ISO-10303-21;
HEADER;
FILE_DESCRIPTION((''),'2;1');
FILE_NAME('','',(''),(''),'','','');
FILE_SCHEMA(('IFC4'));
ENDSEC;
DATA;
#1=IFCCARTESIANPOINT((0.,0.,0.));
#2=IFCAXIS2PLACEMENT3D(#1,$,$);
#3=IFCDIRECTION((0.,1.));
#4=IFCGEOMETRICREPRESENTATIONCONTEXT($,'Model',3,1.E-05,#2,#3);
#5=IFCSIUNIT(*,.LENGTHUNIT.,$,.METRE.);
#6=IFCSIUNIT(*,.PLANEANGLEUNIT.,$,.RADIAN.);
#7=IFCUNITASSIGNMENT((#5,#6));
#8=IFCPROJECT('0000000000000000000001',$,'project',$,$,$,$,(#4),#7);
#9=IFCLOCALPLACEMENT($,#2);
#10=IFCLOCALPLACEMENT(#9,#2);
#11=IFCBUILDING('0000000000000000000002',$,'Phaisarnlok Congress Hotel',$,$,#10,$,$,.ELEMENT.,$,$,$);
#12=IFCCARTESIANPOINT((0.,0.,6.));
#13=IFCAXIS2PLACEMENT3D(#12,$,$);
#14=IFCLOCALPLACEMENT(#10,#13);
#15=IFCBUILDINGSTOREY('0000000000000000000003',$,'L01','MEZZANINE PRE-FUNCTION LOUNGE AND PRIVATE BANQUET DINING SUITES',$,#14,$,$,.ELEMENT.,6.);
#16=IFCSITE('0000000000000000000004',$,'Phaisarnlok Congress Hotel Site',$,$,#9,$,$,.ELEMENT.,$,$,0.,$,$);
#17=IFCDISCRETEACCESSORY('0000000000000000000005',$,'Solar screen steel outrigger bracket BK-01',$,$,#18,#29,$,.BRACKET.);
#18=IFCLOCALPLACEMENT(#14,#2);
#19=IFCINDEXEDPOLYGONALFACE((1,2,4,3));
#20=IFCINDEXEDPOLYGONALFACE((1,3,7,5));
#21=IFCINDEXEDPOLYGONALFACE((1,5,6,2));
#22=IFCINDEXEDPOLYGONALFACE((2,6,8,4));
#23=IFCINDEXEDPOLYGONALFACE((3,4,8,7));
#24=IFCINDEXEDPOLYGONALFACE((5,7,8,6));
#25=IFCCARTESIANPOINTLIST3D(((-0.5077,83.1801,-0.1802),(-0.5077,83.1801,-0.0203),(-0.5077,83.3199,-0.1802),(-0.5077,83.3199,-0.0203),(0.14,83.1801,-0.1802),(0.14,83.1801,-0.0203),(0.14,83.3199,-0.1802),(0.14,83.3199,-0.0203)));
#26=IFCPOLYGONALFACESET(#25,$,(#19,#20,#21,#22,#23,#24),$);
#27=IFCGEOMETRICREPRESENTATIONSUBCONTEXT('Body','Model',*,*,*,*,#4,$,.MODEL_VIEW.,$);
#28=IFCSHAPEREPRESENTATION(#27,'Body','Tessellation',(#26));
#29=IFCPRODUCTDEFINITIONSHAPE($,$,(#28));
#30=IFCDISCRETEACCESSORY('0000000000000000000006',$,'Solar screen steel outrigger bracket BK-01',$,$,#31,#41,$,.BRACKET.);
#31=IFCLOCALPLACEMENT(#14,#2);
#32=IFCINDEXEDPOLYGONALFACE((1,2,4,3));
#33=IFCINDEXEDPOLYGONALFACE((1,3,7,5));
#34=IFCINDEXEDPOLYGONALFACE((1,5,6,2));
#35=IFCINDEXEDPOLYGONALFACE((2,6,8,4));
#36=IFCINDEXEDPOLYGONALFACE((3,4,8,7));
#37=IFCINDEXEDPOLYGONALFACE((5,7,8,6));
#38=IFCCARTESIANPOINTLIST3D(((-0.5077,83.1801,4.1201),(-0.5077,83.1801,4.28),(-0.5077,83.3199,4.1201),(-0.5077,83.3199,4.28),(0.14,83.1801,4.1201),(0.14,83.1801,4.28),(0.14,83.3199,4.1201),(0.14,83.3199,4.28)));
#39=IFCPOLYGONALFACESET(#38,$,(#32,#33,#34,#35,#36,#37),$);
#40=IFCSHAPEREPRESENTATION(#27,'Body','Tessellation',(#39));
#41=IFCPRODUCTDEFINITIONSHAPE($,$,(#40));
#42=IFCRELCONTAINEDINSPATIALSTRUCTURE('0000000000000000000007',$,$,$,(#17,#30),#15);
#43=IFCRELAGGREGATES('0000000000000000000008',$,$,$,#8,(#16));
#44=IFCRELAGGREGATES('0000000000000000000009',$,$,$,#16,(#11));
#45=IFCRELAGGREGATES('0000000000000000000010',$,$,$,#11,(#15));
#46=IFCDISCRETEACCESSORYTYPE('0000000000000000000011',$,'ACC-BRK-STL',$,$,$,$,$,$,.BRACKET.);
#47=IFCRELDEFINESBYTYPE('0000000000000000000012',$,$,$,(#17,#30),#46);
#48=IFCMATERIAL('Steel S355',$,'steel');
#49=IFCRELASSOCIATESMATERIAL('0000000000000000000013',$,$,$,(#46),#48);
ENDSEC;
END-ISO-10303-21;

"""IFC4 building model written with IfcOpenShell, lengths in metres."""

from ifc_helpers import new_model, si_unit, direction, frame, origin, origin_2d, place, context, subcontext, project, spatial, rectangle, extrude, material, type_object, element, save


model = new_model("IFC4")

# Units and contexts
model_context = context("Model", 3, precision=1e-05, world=origin(), true_north=direction((0.0, 1.0)))
body_context = subcontext(model_context, "Body", "Model", "MODEL_VIEW")
ifc_project = project(units=[si_unit("LENGTHUNIT", "METRE"), si_unit("PLANEANGLEUNIT", "RADIAN")], contexts=[model_context])

# Site, building, storey
site_placement = place(None, origin())
site = spatial("IfcSite", under=ifc_project, at=site_placement, Name="Phaisarnlok Congress Hotel Site", CompositionType="ELEMENT", RefElevation=0.0)
building_placement = place(site_placement, origin())
building = spatial("IfcBuilding", under=site, at=building_placement, Name="Phaisarnlok Congress Hotel", CompositionType="ELEMENT")
storey_placement = place(building_placement, frame((0.0, 0.0, 6.0)))
storey = spatial("IfcBuildingStorey", under=building, at=storey_placement, Name="L01", Description="MEZZANINE PRE-FUNCTION LOUNGE AND PRIVATE BANQUET DINING SUITES", CompositionType="ELEMENT", Elevation=6.0)

# Discrete accessories
ifc_material_1 = material(Name="Steel S355", Category="steel")
discrete_accessory_type = type_object("IfcDiscreteAccessoryType", Name="ACC-BRK-STL", PredefinedType="BRACKET", material=ifc_material_1)
for number, where, z_axis, x_axis, name in (
    (1, (-0.1838, 83.25, -0.1802), (0.0, 0.0, 1.0), (1.0, 0.0, 0.0), "Solar screen steel outrigger bracket BK-01"),
    (2, (-0.1838, 83.25, 4.1201), (0.0, 0.0, 1.0), (1.0, 0.0, 0.0), "Solar screen steel outrigger bracket BK-01"),
):
    element("IfcDiscreteAccessory", number, at=place(storey_placement, frame(where, z_axis=z_axis, x_axis=x_axis)), inside=storey, type_object=discrete_accessory_type, Name=name, PredefinedType="BRACKET", context=body_context, shape_type="SweptSolid", body=[
        extrude(rectangle(XDim=0.6477, YDim=0.1399, at=origin_2d()), origin(), (0.0, 0.0, 1.0), 0.1599),
    ])

save(model, "model.ifc")
